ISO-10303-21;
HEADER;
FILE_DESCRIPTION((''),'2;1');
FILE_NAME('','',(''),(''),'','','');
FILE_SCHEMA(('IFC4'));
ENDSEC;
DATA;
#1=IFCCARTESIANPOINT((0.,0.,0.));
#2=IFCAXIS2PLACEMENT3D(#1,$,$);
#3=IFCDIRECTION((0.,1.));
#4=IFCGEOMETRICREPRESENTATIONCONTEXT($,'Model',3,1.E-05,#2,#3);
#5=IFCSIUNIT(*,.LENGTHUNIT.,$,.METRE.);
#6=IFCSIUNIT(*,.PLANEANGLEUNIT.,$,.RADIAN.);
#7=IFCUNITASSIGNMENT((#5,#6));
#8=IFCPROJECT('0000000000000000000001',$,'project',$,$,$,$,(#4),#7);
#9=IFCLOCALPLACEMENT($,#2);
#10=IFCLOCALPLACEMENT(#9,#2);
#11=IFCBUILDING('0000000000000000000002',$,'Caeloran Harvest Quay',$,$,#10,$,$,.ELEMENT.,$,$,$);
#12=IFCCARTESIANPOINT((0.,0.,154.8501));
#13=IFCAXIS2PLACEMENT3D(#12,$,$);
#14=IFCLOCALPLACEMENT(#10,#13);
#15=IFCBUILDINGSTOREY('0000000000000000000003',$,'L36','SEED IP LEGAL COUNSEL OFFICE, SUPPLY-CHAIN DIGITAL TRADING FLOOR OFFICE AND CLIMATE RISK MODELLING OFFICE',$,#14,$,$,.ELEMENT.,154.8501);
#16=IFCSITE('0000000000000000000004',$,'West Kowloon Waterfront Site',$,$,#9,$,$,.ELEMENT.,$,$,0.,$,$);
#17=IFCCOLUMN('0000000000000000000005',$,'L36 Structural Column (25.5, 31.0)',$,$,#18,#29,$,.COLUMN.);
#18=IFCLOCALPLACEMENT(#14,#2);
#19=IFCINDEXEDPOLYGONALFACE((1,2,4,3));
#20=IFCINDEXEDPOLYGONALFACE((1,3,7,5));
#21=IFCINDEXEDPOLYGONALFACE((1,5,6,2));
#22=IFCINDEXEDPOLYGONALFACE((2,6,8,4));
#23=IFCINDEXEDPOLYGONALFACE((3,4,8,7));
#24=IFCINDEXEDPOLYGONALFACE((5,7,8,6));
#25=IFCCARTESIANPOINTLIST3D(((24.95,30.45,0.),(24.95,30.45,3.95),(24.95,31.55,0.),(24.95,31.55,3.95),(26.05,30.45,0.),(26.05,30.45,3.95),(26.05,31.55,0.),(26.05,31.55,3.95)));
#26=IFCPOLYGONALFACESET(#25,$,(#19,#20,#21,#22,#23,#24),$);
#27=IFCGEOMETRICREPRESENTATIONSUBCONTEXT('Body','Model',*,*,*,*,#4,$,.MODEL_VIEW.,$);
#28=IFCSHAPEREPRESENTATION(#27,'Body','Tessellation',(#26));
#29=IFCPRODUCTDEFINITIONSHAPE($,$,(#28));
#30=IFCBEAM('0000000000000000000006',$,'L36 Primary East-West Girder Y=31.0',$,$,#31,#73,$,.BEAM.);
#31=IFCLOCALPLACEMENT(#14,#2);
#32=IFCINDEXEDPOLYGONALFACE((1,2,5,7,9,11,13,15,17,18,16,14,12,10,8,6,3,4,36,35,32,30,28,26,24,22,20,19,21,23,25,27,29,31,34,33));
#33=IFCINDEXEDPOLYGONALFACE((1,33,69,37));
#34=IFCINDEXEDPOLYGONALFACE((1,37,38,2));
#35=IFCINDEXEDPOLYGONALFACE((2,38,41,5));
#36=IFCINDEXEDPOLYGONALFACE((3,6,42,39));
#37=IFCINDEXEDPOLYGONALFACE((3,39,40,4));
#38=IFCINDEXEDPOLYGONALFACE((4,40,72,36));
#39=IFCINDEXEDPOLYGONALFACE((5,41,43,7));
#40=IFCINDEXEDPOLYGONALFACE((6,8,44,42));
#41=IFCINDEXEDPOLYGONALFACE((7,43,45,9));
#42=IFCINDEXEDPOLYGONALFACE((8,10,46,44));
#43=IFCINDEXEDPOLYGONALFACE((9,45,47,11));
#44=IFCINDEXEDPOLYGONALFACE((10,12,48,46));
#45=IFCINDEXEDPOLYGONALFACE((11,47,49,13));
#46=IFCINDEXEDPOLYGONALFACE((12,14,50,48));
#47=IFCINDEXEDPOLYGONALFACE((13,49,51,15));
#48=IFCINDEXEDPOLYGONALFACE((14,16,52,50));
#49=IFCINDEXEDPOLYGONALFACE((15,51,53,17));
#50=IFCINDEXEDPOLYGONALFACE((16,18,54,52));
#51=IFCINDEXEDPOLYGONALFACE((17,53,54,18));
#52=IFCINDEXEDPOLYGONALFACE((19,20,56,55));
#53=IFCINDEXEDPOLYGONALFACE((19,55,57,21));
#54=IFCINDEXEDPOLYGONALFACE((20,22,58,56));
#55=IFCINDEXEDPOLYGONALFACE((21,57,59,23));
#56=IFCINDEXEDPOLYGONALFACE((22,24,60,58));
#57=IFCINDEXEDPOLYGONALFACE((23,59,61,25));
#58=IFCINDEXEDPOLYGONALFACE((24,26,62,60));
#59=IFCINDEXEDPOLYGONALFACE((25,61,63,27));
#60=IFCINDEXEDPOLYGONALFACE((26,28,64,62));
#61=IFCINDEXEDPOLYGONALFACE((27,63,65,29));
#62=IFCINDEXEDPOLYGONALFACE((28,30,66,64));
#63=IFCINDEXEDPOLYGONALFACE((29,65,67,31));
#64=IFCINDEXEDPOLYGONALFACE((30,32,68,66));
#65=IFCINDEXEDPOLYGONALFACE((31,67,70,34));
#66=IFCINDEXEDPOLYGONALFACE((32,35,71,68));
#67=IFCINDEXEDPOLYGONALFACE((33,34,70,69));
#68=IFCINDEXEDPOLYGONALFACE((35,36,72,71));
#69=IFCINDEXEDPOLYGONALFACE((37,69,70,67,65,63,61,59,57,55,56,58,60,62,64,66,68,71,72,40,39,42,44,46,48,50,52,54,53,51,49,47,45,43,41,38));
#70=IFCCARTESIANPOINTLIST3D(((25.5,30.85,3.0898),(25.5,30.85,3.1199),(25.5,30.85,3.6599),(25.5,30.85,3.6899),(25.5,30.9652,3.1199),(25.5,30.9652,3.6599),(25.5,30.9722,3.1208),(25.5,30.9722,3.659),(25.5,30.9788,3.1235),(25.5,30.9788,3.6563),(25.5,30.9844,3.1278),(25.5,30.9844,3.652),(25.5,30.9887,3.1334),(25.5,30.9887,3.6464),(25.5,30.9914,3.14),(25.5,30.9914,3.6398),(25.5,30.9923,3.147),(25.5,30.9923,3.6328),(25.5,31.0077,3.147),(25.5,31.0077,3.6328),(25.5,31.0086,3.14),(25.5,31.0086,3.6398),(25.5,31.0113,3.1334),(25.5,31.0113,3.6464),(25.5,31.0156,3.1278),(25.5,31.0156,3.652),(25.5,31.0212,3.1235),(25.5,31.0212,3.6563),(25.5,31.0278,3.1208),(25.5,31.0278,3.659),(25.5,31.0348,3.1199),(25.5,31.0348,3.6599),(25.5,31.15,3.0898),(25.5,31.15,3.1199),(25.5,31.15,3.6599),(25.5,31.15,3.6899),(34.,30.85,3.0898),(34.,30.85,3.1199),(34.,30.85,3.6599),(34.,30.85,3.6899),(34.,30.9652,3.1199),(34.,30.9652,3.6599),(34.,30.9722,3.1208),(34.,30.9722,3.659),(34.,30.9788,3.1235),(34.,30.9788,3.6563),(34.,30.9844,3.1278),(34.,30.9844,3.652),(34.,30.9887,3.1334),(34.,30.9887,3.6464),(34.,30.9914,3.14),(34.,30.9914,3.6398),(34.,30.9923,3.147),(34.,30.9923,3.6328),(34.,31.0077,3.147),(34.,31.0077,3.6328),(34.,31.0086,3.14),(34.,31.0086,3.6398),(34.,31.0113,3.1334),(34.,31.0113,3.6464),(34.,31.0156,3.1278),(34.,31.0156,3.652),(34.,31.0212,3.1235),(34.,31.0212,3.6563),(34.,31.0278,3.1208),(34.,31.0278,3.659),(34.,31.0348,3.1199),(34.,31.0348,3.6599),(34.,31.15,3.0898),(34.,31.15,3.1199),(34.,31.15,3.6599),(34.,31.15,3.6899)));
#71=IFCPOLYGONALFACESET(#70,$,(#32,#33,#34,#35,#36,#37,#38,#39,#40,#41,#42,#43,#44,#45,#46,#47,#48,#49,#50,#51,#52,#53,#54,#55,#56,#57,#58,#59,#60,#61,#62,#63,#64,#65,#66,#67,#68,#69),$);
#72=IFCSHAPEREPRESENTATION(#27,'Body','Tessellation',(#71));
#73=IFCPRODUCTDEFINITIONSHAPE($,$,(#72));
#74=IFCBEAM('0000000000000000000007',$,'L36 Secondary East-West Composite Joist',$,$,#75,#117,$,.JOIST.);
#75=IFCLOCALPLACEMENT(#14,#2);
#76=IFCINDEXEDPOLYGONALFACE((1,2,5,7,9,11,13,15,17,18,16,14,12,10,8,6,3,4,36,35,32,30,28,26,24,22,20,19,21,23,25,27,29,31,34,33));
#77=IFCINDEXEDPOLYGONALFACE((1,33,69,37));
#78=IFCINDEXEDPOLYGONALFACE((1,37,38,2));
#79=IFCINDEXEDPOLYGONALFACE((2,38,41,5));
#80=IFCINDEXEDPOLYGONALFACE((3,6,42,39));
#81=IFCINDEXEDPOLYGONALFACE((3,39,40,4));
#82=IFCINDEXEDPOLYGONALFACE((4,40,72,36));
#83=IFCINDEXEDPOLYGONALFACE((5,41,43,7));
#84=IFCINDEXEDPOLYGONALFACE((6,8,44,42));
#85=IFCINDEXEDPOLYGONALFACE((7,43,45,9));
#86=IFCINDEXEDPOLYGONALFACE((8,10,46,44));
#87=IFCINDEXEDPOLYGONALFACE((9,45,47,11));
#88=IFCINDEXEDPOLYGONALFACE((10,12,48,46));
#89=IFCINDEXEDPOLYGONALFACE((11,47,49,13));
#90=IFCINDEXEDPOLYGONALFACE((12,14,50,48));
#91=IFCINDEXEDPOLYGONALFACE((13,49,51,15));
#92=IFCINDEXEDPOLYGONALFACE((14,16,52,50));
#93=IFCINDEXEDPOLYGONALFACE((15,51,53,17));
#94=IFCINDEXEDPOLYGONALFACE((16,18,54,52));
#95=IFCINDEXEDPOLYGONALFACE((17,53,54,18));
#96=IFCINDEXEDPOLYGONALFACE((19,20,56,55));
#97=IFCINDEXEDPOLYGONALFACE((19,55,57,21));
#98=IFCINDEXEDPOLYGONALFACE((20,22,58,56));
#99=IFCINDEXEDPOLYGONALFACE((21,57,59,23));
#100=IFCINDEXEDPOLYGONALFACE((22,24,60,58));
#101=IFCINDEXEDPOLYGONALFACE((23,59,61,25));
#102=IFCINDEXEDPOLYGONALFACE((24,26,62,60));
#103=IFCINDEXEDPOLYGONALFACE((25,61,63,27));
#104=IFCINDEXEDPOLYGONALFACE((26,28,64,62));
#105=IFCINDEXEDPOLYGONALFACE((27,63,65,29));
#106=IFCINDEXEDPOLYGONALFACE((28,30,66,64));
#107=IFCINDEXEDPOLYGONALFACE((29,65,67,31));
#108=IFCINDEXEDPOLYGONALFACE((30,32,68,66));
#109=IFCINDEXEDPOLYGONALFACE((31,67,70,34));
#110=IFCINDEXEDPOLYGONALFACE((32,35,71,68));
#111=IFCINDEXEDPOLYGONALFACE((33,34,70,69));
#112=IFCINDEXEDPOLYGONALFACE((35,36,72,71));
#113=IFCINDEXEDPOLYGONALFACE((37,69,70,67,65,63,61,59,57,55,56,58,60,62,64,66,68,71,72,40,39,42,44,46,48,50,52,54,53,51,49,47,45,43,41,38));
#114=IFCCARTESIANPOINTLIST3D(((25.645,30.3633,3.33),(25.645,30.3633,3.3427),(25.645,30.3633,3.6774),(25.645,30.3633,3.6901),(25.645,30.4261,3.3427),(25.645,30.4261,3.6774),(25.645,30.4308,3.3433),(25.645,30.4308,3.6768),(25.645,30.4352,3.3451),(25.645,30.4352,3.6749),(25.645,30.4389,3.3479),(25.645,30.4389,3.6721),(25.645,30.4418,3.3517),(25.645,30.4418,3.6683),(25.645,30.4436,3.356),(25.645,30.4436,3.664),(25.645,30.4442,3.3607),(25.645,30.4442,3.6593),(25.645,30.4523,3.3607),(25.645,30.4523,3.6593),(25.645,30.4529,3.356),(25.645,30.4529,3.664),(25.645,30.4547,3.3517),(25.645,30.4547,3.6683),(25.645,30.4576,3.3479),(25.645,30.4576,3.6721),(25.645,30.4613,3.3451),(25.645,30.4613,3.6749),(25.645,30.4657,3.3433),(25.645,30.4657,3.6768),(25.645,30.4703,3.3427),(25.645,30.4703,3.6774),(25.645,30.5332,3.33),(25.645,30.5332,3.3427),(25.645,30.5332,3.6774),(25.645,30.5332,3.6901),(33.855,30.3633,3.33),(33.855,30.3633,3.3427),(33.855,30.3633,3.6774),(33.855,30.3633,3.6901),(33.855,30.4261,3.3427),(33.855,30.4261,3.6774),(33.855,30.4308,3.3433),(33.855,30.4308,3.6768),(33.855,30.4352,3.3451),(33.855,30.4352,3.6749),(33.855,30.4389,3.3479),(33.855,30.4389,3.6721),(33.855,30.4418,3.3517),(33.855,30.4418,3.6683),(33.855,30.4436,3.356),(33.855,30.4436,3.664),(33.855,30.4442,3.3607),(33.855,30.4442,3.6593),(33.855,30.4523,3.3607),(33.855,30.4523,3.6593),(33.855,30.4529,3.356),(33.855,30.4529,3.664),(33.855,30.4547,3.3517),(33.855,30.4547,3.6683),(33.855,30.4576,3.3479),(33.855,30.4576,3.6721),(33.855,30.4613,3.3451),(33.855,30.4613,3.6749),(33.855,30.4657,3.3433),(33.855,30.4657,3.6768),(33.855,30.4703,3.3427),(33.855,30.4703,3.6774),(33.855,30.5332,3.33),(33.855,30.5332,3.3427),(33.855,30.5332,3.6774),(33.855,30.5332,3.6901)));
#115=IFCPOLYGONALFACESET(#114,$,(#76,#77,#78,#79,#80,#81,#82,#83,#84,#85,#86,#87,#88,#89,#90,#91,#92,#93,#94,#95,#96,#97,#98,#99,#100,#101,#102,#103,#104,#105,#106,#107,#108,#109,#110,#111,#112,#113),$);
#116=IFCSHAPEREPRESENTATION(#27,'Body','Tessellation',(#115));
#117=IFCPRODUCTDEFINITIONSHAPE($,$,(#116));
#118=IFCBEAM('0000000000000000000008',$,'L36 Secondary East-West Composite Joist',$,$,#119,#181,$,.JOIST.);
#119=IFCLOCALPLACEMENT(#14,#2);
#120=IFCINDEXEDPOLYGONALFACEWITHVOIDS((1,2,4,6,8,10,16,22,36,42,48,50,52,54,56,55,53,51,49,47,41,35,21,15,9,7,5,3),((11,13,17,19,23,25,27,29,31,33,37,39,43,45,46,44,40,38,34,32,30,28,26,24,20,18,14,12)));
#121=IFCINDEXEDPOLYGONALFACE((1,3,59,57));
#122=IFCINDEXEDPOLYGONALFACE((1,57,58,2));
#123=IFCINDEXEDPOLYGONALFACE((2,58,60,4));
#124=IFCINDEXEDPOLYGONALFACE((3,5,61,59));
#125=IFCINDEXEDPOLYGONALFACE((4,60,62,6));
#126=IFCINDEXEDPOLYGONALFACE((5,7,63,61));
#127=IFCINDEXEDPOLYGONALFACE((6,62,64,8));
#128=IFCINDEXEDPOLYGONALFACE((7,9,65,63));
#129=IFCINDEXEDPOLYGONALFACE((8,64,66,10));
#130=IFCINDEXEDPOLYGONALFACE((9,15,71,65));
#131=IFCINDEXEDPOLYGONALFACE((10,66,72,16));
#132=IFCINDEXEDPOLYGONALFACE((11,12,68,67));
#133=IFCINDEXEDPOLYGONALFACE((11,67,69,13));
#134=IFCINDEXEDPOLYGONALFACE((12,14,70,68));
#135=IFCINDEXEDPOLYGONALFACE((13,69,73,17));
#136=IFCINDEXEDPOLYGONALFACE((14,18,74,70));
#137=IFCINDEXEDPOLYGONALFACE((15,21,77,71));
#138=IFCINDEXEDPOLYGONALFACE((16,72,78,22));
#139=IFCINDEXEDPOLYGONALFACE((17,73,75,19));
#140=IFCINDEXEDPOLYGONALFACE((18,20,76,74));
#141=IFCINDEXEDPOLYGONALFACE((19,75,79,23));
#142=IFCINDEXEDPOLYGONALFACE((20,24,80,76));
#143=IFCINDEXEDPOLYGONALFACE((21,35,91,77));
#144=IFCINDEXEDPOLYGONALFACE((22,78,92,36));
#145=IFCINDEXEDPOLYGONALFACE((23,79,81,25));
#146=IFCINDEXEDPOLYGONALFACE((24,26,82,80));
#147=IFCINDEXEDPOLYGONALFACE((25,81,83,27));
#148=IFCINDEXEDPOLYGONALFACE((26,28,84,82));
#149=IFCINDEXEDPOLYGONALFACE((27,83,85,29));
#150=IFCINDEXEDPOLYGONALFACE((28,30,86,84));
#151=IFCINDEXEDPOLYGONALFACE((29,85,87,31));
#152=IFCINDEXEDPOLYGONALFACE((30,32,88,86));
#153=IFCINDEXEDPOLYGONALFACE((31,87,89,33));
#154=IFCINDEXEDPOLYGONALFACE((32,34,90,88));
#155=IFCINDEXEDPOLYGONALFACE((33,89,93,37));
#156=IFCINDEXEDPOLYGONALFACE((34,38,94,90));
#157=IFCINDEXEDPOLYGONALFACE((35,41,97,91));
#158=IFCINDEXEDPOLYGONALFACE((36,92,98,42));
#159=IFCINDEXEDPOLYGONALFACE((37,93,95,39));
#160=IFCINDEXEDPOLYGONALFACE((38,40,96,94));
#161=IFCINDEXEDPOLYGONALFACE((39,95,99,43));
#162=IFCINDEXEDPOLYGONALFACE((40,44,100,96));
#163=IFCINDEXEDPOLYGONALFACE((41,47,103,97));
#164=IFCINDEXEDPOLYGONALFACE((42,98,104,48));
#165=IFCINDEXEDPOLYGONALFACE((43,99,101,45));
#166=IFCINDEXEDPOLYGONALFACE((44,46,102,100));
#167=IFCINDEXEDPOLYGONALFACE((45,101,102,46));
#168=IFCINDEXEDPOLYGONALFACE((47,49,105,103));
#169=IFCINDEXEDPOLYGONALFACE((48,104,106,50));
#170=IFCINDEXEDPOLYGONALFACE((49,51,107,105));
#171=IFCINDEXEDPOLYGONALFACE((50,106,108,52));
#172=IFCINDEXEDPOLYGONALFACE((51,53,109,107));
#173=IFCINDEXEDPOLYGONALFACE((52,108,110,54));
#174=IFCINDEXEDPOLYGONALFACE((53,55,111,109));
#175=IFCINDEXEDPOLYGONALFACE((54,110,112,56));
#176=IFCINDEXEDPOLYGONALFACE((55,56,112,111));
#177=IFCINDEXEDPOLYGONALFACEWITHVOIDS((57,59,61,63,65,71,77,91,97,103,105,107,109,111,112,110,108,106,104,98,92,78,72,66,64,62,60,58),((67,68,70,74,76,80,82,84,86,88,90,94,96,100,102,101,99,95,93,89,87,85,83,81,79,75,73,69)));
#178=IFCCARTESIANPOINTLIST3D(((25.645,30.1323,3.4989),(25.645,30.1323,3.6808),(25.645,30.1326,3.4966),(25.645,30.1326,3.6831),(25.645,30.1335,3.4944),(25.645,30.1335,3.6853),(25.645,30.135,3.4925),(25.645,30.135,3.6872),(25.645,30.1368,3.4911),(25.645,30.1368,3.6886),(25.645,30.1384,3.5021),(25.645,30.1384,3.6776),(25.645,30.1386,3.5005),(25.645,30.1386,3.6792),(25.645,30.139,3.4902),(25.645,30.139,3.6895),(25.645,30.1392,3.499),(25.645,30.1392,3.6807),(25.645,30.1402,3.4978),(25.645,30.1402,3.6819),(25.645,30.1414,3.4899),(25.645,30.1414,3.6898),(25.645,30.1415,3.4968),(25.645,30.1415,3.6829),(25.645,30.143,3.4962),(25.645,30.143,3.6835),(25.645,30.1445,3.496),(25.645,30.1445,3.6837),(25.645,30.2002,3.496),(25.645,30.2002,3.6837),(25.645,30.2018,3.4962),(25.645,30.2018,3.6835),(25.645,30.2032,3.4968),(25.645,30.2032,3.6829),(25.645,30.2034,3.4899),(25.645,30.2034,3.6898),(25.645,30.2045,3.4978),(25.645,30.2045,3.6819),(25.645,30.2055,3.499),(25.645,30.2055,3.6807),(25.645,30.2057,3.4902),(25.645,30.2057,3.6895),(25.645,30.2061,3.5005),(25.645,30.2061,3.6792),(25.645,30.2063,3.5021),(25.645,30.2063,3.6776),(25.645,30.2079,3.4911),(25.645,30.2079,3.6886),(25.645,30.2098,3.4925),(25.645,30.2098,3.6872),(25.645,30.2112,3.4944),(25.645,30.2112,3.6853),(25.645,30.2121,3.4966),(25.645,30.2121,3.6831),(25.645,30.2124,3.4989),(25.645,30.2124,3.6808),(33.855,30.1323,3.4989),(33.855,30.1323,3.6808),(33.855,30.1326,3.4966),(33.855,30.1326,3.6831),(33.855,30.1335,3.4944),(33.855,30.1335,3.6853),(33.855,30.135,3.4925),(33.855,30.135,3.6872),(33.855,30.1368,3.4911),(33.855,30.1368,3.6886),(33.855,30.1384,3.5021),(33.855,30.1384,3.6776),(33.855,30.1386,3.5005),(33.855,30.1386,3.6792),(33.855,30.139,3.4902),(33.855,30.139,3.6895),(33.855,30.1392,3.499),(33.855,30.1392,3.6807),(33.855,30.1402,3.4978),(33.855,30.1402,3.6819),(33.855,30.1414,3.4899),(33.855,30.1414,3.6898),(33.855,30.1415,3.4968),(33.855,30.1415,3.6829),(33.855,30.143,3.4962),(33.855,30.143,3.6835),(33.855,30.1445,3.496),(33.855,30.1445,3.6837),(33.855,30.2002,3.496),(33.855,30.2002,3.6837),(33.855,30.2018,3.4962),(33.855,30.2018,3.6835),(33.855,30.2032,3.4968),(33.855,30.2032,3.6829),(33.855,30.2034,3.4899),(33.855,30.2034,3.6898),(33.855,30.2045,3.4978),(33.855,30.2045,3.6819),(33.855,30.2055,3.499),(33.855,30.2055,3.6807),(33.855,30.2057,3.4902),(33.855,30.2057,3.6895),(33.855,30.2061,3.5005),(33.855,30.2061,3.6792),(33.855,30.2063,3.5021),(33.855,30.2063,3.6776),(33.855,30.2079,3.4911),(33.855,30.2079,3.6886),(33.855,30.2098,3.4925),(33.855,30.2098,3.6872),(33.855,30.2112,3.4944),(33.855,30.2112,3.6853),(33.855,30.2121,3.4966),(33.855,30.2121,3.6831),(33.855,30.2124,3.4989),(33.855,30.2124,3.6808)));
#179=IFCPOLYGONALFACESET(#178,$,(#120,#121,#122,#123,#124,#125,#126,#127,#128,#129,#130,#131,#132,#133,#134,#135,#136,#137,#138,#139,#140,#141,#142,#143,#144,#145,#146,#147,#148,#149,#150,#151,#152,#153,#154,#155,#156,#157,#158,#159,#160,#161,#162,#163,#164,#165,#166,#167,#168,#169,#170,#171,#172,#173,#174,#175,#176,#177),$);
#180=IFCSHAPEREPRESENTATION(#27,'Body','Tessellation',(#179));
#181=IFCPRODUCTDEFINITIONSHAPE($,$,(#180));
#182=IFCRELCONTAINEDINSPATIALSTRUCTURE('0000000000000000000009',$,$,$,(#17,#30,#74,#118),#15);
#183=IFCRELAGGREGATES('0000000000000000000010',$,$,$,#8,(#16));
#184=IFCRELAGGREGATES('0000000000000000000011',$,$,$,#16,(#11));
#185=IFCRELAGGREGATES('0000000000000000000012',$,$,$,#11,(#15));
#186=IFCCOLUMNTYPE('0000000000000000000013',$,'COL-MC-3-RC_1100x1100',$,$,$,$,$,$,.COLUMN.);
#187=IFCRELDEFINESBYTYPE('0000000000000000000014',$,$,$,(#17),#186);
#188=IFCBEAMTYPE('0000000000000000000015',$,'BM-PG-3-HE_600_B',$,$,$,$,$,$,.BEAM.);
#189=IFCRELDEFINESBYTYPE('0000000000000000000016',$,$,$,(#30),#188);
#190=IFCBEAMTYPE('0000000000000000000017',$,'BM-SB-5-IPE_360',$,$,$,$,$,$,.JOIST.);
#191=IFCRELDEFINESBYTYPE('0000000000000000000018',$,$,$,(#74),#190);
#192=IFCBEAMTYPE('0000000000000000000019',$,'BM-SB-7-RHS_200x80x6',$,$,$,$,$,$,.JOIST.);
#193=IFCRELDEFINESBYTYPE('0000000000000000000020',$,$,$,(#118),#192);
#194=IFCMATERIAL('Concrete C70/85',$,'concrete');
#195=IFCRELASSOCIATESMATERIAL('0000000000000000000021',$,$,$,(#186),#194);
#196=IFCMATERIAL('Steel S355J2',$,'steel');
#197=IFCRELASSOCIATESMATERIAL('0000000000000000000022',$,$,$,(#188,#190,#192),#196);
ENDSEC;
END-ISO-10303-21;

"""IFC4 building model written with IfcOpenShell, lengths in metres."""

from ifc_helpers import new_model, si_unit, direction, frame, origin, origin_2d, place, context, subcontext, project, spatial, rectangle, hollow_rectangle, i_section, extrude, material, material_profile, profile_set, type_object, element, save


model = new_model("IFC4")

# Units and contexts
model_context = context("Model", 3, precision=1e-05, world=origin(), true_north=direction((0.0, 1.0)))
body_context = subcontext(model_context, "Body", "Model", "MODEL_VIEW")
ifc_project = project(units=[si_unit("LENGTHUNIT", "METRE"), si_unit("PLANEANGLEUNIT", "RADIAN")], contexts=[model_context])

# Site, building, storey
site_placement = place(None, origin())
site = spatial("IfcSite", under=ifc_project, at=site_placement, Name="West Kowloon Waterfront Site", CompositionType="ELEMENT", RefElevation=0.0)
building_placement = place(site_placement, origin())
building = spatial("IfcBuilding", under=site, at=building_placement, Name="Caeloran Harvest Quay", CompositionType="ELEMENT")
storey_placement = place(building_placement, frame((0.0, 0.0, 154.8501)))
storey = spatial("IfcBuildingStorey", under=building, at=storey_placement, Name="L36", Description="SEED IP LEGAL COUNSEL OFFICE, SUPPLY-CHAIN DIGITAL TRADING FLOOR OFFICE AND CLIMATE RISK MODELLING OFFICE", CompositionType="ELEMENT", Elevation=154.8501)

# Column
ifc_material_1 = material(Name="Concrete C70/85", Category="concrete")
ifc_material_profile_1 = material_profile(ifc_material_1, rectangle(XDim=1.1001, YDim=1.1001, at=origin_2d()), Name="RC 1100x1100")
ifc_profile_set_1 = profile_set([ifc_material_profile_1], Name="Concrete C70/85")
column_type = type_object("IfcColumnType", Name="COL-MC-3-RC_1100x1100", PredefinedType="COLUMN", material=ifc_profile_set_1)
column_placement = place(storey_placement, frame((25.5, 31.0, 0.0), z_axis=(0.0, 0.0, 1.0), x_axis=(1.0, 0.0, 0.0)))
element("IfcColumn", 1, at=column_placement, inside=storey, type_object=column_type, Name="L36 Structural Column (25.5, 31.0)", PredefinedType="COLUMN", context=body_context, shape_type="SweptSolid", body=[
    extrude(rectangle(XDim=1.1001, YDim=1.1001, at=origin_2d()), origin(), (0.0, 0.0, 1.0), 3.95),
])

# Beams
ifc_material_2 = material(Name="Steel S355J2", Category="steel")
ifc_material_profile_2 = material_profile(ifc_material_2, i_section(OverallWidth=0.3, OverallDepth=0.6001, WebThickness=0.0154, FlangeThickness=0.03, FilletRadius=0.0271, at=origin_2d()), Name="HE 600 B")
ifc_profile_set_2 = profile_set([ifc_material_profile_2], Name="Steel S355J2")
beam_type_1 = type_object("IfcBeamType", Name="BM-PG-3-HE_600_B", PredefinedType="BEAM", material=ifc_profile_set_2)
beam_1_placement = place(storey_placement, frame((25.5, 31.0, 3.3899), z_axis=(1.0, 0.0, 0.0), x_axis=(0.0, 1.0, 0.0)))
element("IfcBeam", 2, at=beam_1_placement, inside=storey, type_object=beam_type_1, Name="L36 Primary East-West Girder Y=31.0", PredefinedType="BEAM", context=body_context, shape_type="SweptSolid", body=[
    extrude(i_section(OverallWidth=0.3, OverallDepth=0.6001, WebThickness=0.0154, FlangeThickness=0.03, FilletRadius=0.0271, at=origin_2d()), origin(), (0.0, 0.0, 1.0), 8.5),
])
ifc_material_profile_3 = material_profile(ifc_material_2, i_section(OverallWidth=0.1699, OverallDepth=0.3601, WebThickness=0.0081, FlangeThickness=0.0127, FilletRadius=0.0181, at=origin_2d()), Name="IPE 360")
ifc_profile_set_3 = profile_set([ifc_material_profile_3], Name="Steel S355J2")
beam_type_2 = type_object("IfcBeamType", Name="BM-SB-5-IPE_360", PredefinedType="JOIST", material=ifc_profile_set_3)
beam_2_placement = place(storey_placement, frame((25.645, 30.4482, 3.51), z_axis=(1.0, 0.0, 0.0), x_axis=(0.0, 1.0, 0.0)))
element("IfcBeam", 3, at=beam_2_placement, inside=storey, type_object=beam_type_2, Name="L36 Secondary East-West Composite Joist", PredefinedType="JOIST", context=body_context, shape_type="SweptSolid", body=[
    extrude(i_section(OverallWidth=0.1699, OverallDepth=0.3601, WebThickness=0.0081, FlangeThickness=0.0127, FilletRadius=0.0181, at=origin_2d()), origin(), (0.0, 0.0, 1.0), 8.21),
])
ifc_material_profile_4 = material_profile(ifc_material_2, hollow_rectangle(XDim=0.0801, YDim=0.2, WallThickness=0.0061, InnerFilletRadius=0.0061, OuterFilletRadius=0.009, at=origin_2d()), Name="RHS 200x80x6")
ifc_profile_set_4 = profile_set([ifc_material_profile_4], Name="Steel S355J2")
beam_type_3 = type_object("IfcBeamType", Name="BM-SB-7-RHS_200x80x6", PredefinedType="JOIST", material=ifc_profile_set_4)
beam_3_placement = place(storey_placement, frame((25.645, 30.1724, 3.5898), z_axis=(1.0, 0.0, 0.0), x_axis=(0.0, 1.0, 0.0)))
element("IfcBeam", 4, at=beam_3_placement, inside=storey, type_object=beam_type_3, Name="L36 Secondary East-West Composite Joist", PredefinedType="JOIST", context=body_context, shape_type="SweptSolid", body=[
    extrude(hollow_rectangle(XDim=0.0801, YDim=0.2, WallThickness=0.0061, InnerFilletRadius=0.0061, OuterFilletRadius=0.009, at=origin_2d()), origin(), (0.0, 0.0, 1.0), 8.21),
])

save(model, "model.ifc")
